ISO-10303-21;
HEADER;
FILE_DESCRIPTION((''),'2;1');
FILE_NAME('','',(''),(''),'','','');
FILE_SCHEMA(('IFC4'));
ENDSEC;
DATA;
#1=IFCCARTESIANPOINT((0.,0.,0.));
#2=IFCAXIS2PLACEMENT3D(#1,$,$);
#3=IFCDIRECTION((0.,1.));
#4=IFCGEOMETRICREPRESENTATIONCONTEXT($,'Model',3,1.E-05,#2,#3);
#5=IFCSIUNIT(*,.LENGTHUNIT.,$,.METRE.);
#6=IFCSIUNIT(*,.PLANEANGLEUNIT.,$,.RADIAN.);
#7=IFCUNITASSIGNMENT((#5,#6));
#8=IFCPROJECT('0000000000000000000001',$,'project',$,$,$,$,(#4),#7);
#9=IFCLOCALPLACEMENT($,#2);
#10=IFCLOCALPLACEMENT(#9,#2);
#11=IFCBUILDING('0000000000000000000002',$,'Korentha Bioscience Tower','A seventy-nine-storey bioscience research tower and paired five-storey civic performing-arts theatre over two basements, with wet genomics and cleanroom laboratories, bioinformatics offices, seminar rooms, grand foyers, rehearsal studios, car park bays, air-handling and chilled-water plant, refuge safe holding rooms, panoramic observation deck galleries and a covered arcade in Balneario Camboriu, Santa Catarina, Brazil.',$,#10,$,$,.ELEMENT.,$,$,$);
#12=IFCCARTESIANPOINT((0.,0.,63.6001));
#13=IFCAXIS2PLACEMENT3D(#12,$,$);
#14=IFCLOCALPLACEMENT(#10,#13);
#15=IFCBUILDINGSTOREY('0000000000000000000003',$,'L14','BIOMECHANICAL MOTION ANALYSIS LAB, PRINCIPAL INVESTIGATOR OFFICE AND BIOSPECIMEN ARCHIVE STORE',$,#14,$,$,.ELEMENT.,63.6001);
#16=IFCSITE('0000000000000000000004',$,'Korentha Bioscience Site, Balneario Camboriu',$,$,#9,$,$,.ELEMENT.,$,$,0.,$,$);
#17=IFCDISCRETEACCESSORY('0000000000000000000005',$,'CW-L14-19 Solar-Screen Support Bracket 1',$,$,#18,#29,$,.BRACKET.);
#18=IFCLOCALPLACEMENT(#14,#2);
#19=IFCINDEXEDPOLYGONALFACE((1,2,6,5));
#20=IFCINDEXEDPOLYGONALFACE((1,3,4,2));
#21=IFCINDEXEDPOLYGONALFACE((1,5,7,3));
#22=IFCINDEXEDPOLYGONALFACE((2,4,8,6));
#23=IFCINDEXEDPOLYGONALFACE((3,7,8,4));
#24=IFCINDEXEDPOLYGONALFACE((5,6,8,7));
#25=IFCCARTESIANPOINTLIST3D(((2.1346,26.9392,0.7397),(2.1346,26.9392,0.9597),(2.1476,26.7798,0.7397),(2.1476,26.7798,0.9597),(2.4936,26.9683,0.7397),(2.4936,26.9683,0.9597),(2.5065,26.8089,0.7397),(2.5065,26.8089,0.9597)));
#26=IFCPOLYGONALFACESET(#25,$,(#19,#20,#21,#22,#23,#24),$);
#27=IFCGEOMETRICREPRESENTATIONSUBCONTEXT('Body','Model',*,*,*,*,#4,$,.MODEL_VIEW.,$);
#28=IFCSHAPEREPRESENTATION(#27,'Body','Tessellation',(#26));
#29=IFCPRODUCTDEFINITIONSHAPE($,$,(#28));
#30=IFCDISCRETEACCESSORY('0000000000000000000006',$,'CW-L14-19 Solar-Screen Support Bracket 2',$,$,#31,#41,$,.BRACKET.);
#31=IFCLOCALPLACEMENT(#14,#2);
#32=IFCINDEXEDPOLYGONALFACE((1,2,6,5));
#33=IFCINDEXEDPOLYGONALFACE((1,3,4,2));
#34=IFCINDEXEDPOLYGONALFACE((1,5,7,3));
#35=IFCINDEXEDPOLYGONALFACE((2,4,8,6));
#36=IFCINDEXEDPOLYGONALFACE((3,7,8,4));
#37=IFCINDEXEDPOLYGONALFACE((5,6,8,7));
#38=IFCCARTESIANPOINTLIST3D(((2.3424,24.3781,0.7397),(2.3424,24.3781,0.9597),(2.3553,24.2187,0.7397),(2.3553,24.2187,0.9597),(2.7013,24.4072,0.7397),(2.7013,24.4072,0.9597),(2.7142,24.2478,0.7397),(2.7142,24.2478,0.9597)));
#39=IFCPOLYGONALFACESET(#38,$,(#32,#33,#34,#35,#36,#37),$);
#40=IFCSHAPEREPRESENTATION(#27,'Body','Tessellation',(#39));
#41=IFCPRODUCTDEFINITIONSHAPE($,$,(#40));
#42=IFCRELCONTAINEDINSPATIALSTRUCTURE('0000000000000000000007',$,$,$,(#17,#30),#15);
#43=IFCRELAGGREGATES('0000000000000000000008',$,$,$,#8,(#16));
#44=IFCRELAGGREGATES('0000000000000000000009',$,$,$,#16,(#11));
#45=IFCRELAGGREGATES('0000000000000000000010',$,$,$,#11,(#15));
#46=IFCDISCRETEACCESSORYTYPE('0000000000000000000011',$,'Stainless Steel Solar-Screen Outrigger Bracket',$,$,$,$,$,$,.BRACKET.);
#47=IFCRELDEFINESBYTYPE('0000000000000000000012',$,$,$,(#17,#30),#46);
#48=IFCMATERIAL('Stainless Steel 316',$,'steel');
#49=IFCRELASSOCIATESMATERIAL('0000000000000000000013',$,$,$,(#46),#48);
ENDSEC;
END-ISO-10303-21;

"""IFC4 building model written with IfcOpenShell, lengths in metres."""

from ifc_helpers import new_model, si_unit, direction, frame, origin, origin_2d, place, context, subcontext, project, spatial, rectangle, extrude, material, type_object, element, save


model = new_model("IFC4")

# Units and contexts
model_context = context("Model", 3, precision=1e-05, world=origin(), true_north=direction((0.0, 1.0)))
body_context = subcontext(model_context, "Body", "Model", "MODEL_VIEW")
ifc_project = project(units=[si_unit("LENGTHUNIT", "METRE"), si_unit("PLANEANGLEUNIT", "RADIAN")], contexts=[model_context])

# Site, building, storey
site_placement = place(None, origin())
site = spatial("IfcSite", under=ifc_project, at=site_placement, Name="Korentha Bioscience Site, Balneario Camboriu", CompositionType="ELEMENT", RefElevation=0.0)
building_placement = place(site_placement, origin())
building = spatial("IfcBuilding", under=site, at=building_placement, Name="Korentha Bioscience Tower", Description="A seventy-nine-storey bioscience research tower and paired five-storey civic performing-arts theatre over two basements, with wet genomics and cleanroom laboratories, bioinformatics offices, seminar rooms, grand foyers, rehearsal studios, car park bays, air-handling and chilled-water plant, refuge safe holding rooms, panoramic observation deck galleries and a covered arcade in Balneario Camboriu, Santa Catarina, Brazil.", CompositionType="ELEMENT")
storey_placement = place(building_placement, frame((0.0, 0.0, 63.6001)))
storey = spatial("IfcBuildingStorey", under=building, at=storey_placement, Name="L14", Description="BIOMECHANICAL MOTION ANALYSIS LAB, PRINCIPAL INVESTIGATOR OFFICE AND BIOSPECIMEN ARCHIVE STORE", CompositionType="ELEMENT", Elevation=63.6001)

# Discrete accessories
ifc_material_1 = material(Name="Stainless Steel 316", Category="steel")
discrete_accessory_type = type_object("IfcDiscreteAccessoryType", Name="Stainless Steel Solar-Screen Outrigger Bracket", PredefinedType="BRACKET", material=ifc_material_1)
for number, where, z_axis, x_axis, name in (
    (1, (2.3206, 26.874, 0.7397), (0.0, 0.0, 1.0), (0.08082, -0.996729, 0.0), "CW-L14-19 Solar-Screen Support Bracket 1"),
    (2, (2.5283, 24.313, 0.7397), (0.0, 0.0, 1.0), (0.08082, -0.996729, 0.0), "CW-L14-19 Solar-Screen Support Bracket 2"),
):
    element("IfcDiscreteAccessory", number, at=place(storey_placement, frame(where, z_axis=z_axis, x_axis=x_axis)), inside=storey, type_object=discrete_accessory_type, Name=name, PredefinedType="BRACKET", context=body_context, shape_type="SweptSolid", body=[
        extrude(rectangle(XDim=0.1599, YDim=0.3601, at=origin_2d()), origin(), (0.0, 0.0, 1.0), 0.22),
    ])

save(model, "model.ifc")
